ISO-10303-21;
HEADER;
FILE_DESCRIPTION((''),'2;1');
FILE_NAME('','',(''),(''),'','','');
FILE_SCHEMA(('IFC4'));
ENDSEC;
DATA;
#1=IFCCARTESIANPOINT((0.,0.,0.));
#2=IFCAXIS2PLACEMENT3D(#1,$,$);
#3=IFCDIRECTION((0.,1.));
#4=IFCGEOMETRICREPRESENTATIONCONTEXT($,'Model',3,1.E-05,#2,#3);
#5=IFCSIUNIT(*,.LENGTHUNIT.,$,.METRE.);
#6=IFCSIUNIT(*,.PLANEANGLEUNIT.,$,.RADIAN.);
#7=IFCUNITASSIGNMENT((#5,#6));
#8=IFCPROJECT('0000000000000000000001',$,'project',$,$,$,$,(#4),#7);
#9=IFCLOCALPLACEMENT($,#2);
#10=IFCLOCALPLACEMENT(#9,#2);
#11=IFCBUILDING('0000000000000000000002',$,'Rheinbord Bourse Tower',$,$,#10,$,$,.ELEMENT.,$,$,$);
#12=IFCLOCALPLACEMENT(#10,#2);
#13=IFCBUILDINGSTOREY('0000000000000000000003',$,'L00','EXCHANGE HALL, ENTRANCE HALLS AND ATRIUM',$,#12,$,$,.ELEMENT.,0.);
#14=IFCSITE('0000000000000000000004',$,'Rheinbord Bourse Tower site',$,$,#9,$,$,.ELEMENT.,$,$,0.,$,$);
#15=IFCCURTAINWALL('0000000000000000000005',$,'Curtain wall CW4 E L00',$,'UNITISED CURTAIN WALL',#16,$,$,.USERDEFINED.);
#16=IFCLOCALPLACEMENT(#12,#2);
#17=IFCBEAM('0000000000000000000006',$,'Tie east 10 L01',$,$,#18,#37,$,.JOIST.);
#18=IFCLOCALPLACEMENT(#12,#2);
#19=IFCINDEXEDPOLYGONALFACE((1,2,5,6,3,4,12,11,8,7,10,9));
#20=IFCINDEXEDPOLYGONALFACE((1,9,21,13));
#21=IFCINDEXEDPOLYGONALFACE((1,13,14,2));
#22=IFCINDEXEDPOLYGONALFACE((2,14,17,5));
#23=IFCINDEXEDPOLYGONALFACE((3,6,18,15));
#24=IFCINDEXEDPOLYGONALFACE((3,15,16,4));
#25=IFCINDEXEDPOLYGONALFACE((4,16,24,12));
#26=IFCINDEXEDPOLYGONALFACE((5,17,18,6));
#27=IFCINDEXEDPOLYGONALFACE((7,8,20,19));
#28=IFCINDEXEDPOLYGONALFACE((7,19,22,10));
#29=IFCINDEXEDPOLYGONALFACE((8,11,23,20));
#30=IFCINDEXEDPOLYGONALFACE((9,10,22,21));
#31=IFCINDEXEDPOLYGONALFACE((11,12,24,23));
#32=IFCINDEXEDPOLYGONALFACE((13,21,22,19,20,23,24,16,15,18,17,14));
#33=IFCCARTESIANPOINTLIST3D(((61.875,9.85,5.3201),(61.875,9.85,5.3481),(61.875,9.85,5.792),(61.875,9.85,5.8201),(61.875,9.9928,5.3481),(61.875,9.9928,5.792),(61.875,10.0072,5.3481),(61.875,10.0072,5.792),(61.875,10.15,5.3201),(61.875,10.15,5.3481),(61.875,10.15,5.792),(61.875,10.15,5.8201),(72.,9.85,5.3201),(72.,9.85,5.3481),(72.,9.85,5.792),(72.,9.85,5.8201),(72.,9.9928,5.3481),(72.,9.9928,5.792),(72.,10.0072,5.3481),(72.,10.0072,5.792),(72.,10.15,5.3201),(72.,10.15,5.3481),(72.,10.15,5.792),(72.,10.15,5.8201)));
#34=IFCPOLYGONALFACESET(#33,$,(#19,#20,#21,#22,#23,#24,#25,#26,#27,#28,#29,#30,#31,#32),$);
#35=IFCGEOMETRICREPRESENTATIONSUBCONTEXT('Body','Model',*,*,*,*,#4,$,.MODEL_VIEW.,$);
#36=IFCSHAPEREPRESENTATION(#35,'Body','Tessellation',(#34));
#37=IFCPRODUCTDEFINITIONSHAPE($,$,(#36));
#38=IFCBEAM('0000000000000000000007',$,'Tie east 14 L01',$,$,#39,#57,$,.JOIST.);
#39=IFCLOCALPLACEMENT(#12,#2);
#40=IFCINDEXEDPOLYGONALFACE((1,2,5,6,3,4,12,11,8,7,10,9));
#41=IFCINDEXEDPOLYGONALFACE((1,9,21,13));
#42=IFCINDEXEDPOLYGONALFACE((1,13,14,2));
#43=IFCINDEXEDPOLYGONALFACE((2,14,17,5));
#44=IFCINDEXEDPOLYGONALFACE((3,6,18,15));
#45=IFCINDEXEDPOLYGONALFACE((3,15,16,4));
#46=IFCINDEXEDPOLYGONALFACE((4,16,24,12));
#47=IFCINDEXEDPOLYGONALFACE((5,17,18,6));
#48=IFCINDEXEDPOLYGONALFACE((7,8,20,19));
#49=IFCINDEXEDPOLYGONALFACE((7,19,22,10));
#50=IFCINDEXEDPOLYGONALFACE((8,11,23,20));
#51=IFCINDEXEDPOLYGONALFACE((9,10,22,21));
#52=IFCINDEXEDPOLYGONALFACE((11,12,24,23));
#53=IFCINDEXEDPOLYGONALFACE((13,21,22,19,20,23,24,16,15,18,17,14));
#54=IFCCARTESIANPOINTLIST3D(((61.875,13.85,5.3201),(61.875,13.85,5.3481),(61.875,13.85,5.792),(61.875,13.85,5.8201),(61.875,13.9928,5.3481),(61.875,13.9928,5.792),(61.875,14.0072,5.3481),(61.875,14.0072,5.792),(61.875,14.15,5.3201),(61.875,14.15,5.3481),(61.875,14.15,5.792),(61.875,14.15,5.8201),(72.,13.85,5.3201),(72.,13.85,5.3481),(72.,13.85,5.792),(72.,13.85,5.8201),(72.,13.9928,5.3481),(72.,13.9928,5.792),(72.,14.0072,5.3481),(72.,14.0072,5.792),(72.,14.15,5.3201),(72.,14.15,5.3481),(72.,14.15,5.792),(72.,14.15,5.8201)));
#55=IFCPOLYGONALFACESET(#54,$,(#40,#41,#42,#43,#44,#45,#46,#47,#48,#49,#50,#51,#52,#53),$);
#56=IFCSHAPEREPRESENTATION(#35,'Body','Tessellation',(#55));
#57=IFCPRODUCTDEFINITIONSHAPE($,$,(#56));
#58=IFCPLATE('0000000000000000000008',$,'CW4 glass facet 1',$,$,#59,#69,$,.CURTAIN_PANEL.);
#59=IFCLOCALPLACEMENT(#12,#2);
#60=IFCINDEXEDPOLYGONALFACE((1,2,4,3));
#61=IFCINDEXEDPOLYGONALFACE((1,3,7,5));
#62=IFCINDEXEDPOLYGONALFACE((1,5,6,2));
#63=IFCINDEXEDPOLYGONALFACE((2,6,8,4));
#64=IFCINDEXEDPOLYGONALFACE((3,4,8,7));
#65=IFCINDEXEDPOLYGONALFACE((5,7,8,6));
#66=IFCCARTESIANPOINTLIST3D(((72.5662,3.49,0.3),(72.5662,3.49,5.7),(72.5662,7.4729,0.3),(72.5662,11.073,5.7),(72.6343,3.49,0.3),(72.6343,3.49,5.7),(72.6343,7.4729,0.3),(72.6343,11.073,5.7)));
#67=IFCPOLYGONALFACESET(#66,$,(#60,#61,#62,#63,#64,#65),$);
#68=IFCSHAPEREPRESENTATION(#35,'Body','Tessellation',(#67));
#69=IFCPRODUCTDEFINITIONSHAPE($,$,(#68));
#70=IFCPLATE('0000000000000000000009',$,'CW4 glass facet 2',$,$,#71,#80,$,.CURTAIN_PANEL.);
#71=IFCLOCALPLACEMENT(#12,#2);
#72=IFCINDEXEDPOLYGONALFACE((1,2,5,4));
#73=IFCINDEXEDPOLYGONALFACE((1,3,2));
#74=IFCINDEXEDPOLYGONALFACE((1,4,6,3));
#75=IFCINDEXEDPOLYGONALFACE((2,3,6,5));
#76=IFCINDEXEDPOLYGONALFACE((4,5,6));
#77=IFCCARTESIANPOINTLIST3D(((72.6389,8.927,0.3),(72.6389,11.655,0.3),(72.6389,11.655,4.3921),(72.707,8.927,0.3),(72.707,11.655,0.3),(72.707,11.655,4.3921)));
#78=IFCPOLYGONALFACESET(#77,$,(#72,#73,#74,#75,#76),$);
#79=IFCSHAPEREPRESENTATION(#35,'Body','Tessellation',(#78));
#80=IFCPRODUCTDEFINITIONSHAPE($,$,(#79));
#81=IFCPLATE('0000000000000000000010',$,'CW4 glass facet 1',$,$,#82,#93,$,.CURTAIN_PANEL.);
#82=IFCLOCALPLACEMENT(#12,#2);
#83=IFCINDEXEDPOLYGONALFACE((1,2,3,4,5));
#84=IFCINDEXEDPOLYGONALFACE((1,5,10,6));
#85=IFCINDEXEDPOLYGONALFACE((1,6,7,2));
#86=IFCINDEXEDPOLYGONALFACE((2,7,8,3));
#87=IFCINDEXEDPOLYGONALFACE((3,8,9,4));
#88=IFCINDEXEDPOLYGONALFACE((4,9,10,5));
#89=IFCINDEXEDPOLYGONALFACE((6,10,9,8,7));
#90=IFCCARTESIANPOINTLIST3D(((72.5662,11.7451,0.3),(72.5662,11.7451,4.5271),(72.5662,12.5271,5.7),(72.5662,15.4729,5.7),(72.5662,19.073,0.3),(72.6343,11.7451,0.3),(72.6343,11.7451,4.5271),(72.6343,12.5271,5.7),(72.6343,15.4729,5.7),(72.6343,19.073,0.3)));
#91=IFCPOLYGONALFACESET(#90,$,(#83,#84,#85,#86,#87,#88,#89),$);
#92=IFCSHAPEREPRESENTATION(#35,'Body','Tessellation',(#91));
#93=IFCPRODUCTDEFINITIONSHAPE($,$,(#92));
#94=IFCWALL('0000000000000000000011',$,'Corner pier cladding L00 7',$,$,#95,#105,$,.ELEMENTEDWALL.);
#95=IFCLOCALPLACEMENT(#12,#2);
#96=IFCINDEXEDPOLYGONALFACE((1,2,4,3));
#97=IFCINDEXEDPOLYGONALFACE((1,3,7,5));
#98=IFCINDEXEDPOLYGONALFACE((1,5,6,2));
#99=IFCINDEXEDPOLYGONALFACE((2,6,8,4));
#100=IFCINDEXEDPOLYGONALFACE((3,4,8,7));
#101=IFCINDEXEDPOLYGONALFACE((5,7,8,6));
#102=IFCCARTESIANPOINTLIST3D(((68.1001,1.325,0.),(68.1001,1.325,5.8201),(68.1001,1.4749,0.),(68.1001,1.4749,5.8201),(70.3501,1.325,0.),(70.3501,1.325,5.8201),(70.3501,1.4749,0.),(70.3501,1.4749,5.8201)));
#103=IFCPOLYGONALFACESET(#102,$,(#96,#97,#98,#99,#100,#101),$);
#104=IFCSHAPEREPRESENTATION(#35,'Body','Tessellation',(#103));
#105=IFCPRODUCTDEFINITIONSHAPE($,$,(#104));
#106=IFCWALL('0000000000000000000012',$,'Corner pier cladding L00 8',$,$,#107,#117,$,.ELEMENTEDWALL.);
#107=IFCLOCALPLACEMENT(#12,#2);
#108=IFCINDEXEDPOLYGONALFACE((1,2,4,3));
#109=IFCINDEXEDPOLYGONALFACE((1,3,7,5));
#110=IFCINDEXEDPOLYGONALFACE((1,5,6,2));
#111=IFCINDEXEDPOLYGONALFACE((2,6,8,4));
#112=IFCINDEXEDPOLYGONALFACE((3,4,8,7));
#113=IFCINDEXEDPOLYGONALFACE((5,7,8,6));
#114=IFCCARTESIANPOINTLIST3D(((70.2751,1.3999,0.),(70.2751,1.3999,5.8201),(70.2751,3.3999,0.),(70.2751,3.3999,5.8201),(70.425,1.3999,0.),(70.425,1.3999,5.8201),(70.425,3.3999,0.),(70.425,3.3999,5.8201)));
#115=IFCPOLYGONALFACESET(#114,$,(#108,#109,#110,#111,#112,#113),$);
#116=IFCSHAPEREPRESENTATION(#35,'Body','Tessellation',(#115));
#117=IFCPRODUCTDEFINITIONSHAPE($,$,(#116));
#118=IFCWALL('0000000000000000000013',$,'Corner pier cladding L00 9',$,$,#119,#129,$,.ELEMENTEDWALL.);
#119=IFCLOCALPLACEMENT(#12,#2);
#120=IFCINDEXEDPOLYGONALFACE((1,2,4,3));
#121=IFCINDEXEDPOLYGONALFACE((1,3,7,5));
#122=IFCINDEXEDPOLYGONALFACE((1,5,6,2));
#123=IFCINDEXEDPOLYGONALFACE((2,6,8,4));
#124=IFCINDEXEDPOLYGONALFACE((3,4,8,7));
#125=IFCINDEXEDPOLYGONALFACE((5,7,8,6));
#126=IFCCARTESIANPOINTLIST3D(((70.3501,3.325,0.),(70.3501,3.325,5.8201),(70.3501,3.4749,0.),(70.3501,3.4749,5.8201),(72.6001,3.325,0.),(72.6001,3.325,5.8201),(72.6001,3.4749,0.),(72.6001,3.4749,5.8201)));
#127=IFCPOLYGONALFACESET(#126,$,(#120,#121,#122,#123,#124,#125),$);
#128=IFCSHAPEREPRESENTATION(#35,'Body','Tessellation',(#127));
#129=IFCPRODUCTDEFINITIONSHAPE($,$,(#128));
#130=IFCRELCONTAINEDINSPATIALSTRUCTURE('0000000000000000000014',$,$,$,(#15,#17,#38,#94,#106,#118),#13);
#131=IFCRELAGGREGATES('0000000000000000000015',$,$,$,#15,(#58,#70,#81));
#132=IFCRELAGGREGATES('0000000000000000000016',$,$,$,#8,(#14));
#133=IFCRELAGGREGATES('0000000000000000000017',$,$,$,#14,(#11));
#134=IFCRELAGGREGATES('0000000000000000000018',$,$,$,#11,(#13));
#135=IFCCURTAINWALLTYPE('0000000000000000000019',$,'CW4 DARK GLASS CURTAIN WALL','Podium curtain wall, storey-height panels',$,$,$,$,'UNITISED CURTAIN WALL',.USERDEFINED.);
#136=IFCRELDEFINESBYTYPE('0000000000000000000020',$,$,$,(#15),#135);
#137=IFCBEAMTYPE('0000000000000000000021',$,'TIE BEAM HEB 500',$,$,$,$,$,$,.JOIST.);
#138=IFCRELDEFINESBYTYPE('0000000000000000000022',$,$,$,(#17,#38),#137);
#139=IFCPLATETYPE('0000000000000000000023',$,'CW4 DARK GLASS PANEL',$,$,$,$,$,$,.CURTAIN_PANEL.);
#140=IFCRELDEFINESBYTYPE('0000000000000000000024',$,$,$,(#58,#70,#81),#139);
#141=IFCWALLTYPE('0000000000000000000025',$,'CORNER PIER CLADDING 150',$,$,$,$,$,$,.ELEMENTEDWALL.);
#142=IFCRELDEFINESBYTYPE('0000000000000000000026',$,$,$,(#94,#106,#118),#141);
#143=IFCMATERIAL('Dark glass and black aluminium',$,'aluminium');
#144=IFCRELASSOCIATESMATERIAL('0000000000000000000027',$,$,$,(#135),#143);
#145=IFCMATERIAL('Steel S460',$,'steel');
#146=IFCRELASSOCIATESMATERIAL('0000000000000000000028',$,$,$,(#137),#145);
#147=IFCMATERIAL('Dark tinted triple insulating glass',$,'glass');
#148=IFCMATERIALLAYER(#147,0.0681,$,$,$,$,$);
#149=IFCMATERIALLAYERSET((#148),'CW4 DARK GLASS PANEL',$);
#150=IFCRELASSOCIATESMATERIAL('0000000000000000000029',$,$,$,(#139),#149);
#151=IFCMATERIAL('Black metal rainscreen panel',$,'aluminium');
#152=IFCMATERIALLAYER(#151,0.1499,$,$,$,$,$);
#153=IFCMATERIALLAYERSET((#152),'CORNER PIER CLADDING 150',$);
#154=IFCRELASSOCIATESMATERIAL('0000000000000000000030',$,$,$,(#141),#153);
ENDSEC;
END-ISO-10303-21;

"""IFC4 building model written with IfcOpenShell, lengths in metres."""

from ifc_helpers import new_model, si_unit, direction, frame, frame_2d, origin, origin_2d, place, context, subcontext, project, spatial, polyline, rectangle, i_section, outline, extrude, material, layer, layer_set, material_profile, profile_set, type_object, element, aggregate, save


model = new_model("IFC4")

# Units and contexts
model_context = context("Model", 3, precision=1e-05, world=origin(), true_north=direction((0.0, 1.0)))
body_context = subcontext(model_context, "Body", "Model", "MODEL_VIEW")
ifc_project = project(units=[si_unit("LENGTHUNIT", "METRE"), si_unit("PLANEANGLEUNIT", "RADIAN")], contexts=[model_context])

# Site, building, storey
site_placement = place(None, origin())
site = spatial("IfcSite", under=ifc_project, at=site_placement, Name="Rheinbord Bourse Tower site", CompositionType="ELEMENT", RefElevation=0.0)
building_placement = place(site_placement, origin())
building = spatial("IfcBuilding", under=site, at=building_placement, Name="Rheinbord Bourse Tower", CompositionType="ELEMENT")
storey_placement = place(building_placement, origin())
storey = spatial("IfcBuildingStorey", under=building, at=storey_placement, Name="L00", Description="EXCHANGE HALL, ENTRANCE HALLS AND ATRIUM", CompositionType="ELEMENT", Elevation=0.0)

# Curtain wall
ifc_material_1 = material(Name="Dark glass and black aluminium", Category="aluminium")
curtain_wall_type = type_object("IfcCurtainWallType", Name="CW4 DARK GLASS CURTAIN WALL", Description="Podium curtain wall, storey-height panels", ElementType="UNITISED CURTAIN WALL", PredefinedType="USERDEFINED", material=ifc_material_1)
curtain_wall_1_placement = place(storey_placement, origin())
curtain_wall_1 = element("IfcCurtainWall", 1, at=curtain_wall_1_placement, inside=storey, type_object=curtain_wall_type, Name="Curtain wall CW4 E L00", ObjectType="UNITISED CURTAIN WALL", PredefinedType="USERDEFINED")

# Beams
ifc_material_2 = material(Name="Steel S460", Category="steel")
ifc_material_profile_1 = material_profile(ifc_material_2, i_section(OverallWidth=0.3, OverallDepth=0.5, WebThickness=0.0144, FlangeThickness=0.0281, at=origin_2d()), Name="HEB 500")
ifc_profile_set_1 = profile_set([ifc_material_profile_1], Name="Steel S460")
beam_type_1 = type_object("IfcBeamType", Name="TIE BEAM HEB 500", PredefinedType="JOIST", material=ifc_profile_set_1)
for number, where, z_axis, x_axis, name in (
    (2, (61.875, 10.0, 5.5701), (1.0, 0.0, 0.0), (0.0, 1.0, 0.0), "Tie east 10 L01"),
    (3, (61.875, 14.0, 5.5701), (1.0, 0.0, 0.0), (0.0, 1.0, 0.0), "Tie east 14 L01"),
):
    element("IfcBeam", number, at=place(storey_placement, frame(where, z_axis=z_axis, x_axis=x_axis)), inside=storey, type_object=beam_type_1, Name=name, PredefinedType="JOIST", context=body_context, shape_type="SweptSolid", body=[
        extrude(i_section(OverallWidth=0.3, OverallDepth=0.5, WebThickness=0.0144, FlangeThickness=0.0281, at=origin_2d()), origin(), (0.0, 0.0, 1.0), 10.125),
    ])

# Plates
ifc_material_3 = material(Name="Dark tinted triple insulating glass", Category="glass")
ifc_layer_1 = layer(ifc_material_3, 0.0681)
ifc_layer_set_1 = layer_set([ifc_layer_1], Name="CW4 DARK GLASS PANEL")
plate_type = type_object("IfcPlateType", Name="CW4 DARK GLASS PANEL", PredefinedType="CURTAIN_PANEL", material=ifc_layer_set_1)
plate_1_placement = place(storey_placement, frame((72.6343, 3.49, 0.3), z_axis=(-1.0, 0.0, 0.0), x_axis=(0.0, 0.0, 1.0)))
plate_1 = element("IfcPlate", 4, at=plate_1_placement, type_object=plate_type, Name="CW4 glass facet 1", PredefinedType="CURTAIN_PANEL", context=body_context, shape_type="SweptSolid", body=[
    extrude(outline(polyline([(0.0, 0.0), (5.3999, 0.0), (5.3999, 7.583), (0.0, 3.9829), (0.0, 0.0)])), origin(), (0.0, 0.0, 1.0), 0.0681),
])
plate_2_placement = place(storey_placement, frame((72.707, 11.655, 0.3), z_axis=(-1.0, 0.0, 0.0), x_axis=(0.0, -1.0, 0.0)))
plate_2 = element("IfcPlate", 5, at=plate_2_placement, type_object=plate_type, Name="CW4 glass facet 2", PredefinedType="CURTAIN_PANEL", context=body_context, shape_type="SweptSolid", body=[
    extrude(outline(polyline([(0.0, 0.0), (2.728, 0.0), (0.0, 4.092), (0.0, 0.0)])), origin(), (0.0, 0.0, 1.0), 0.0681),
])
plate_3_placement = place(storey_placement, frame((72.6343, 11.7451, 0.3), z_axis=(-1.0, 0.0, 0.0), x_axis=(0.0, 0.0, 1.0)))
plate_3 = element("IfcPlate", 6, at=plate_3_placement, type_object=plate_type, Name="CW4 glass facet 1", PredefinedType="CURTAIN_PANEL", context=body_context, shape_type="SweptSolid", body=[
    extrude(outline(polyline([(0.0, 0.0), (4.2271, 0.0), (5.3999, 0.782), (5.3999, 3.7278), (0.0, 7.3279), (0.0, 0.0)])), origin(), (0.0, 0.0, 1.0), 0.0681),
])
aggregate(curtain_wall_1, [plate_1, plate_2, plate_3])

# Walls
ifc_material_4 = material(Name="Black metal rainscreen panel", Category="aluminium")
ifc_layer_2 = layer(ifc_material_4, 0.1499)
ifc_layer_set_2 = layer_set([ifc_layer_2], Name="CORNER PIER CLADDING 150")
wall_type = type_object("IfcWallType", Name="CORNER PIER CLADDING 150", PredefinedType="ELEMENTEDWALL", material=ifc_layer_set_2)
wall_1_placement = place(storey_placement, frame((68.1001, 1.3999, 0.0), z_axis=(0.0, 0.0, 1.0), x_axis=(1.0, 0.0, 0.0)))
element("IfcWall", 7, at=wall_1_placement, inside=storey, type_object=wall_type, Name="Corner pier cladding L00 7", PredefinedType="ELEMENTEDWALL", context=body_context, shape_type="SweptSolid", body=[
    extrude(rectangle(XDim=2.25, YDim=0.1499, at=frame_2d((1.125, 0.0))), origin(), (0.0, 0.0, 1.0), 5.8201),
])
wall_2_placement = place(storey_placement, frame((70.3501, 1.3999, 0.0), z_axis=(0.0, 0.0, 1.0), x_axis=(0.0, 1.0, 0.0)))
element("IfcWall", 8, at=wall_2_placement, inside=storey, type_object=wall_type, Name="Corner pier cladding L00 8", PredefinedType="ELEMENTEDWALL", context=body_context, shape_type="SweptSolid", body=[
    extrude(rectangle(XDim=2.0, YDim=0.1499, at=frame_2d((1.0, 0.0))), origin(), (0.0, 0.0, 1.0), 5.8201),
])
wall_3_placement = place(storey_placement, frame((70.3501, 3.3999, 0.0), z_axis=(0.0, 0.0, 1.0), x_axis=(1.0, 0.0, 0.0)))
element("IfcWall", 9, at=wall_3_placement, inside=storey, type_object=wall_type, Name="Corner pier cladding L00 9", PredefinedType="ELEMENTEDWALL", context=body_context, shape_type="SweptSolid", body=[
    extrude(rectangle(XDim=2.25, YDim=0.1499, at=frame_2d((1.125, 0.0))), origin(), (0.0, 0.0, 1.0), 5.8201),
])

save(model, "model.ifc")
